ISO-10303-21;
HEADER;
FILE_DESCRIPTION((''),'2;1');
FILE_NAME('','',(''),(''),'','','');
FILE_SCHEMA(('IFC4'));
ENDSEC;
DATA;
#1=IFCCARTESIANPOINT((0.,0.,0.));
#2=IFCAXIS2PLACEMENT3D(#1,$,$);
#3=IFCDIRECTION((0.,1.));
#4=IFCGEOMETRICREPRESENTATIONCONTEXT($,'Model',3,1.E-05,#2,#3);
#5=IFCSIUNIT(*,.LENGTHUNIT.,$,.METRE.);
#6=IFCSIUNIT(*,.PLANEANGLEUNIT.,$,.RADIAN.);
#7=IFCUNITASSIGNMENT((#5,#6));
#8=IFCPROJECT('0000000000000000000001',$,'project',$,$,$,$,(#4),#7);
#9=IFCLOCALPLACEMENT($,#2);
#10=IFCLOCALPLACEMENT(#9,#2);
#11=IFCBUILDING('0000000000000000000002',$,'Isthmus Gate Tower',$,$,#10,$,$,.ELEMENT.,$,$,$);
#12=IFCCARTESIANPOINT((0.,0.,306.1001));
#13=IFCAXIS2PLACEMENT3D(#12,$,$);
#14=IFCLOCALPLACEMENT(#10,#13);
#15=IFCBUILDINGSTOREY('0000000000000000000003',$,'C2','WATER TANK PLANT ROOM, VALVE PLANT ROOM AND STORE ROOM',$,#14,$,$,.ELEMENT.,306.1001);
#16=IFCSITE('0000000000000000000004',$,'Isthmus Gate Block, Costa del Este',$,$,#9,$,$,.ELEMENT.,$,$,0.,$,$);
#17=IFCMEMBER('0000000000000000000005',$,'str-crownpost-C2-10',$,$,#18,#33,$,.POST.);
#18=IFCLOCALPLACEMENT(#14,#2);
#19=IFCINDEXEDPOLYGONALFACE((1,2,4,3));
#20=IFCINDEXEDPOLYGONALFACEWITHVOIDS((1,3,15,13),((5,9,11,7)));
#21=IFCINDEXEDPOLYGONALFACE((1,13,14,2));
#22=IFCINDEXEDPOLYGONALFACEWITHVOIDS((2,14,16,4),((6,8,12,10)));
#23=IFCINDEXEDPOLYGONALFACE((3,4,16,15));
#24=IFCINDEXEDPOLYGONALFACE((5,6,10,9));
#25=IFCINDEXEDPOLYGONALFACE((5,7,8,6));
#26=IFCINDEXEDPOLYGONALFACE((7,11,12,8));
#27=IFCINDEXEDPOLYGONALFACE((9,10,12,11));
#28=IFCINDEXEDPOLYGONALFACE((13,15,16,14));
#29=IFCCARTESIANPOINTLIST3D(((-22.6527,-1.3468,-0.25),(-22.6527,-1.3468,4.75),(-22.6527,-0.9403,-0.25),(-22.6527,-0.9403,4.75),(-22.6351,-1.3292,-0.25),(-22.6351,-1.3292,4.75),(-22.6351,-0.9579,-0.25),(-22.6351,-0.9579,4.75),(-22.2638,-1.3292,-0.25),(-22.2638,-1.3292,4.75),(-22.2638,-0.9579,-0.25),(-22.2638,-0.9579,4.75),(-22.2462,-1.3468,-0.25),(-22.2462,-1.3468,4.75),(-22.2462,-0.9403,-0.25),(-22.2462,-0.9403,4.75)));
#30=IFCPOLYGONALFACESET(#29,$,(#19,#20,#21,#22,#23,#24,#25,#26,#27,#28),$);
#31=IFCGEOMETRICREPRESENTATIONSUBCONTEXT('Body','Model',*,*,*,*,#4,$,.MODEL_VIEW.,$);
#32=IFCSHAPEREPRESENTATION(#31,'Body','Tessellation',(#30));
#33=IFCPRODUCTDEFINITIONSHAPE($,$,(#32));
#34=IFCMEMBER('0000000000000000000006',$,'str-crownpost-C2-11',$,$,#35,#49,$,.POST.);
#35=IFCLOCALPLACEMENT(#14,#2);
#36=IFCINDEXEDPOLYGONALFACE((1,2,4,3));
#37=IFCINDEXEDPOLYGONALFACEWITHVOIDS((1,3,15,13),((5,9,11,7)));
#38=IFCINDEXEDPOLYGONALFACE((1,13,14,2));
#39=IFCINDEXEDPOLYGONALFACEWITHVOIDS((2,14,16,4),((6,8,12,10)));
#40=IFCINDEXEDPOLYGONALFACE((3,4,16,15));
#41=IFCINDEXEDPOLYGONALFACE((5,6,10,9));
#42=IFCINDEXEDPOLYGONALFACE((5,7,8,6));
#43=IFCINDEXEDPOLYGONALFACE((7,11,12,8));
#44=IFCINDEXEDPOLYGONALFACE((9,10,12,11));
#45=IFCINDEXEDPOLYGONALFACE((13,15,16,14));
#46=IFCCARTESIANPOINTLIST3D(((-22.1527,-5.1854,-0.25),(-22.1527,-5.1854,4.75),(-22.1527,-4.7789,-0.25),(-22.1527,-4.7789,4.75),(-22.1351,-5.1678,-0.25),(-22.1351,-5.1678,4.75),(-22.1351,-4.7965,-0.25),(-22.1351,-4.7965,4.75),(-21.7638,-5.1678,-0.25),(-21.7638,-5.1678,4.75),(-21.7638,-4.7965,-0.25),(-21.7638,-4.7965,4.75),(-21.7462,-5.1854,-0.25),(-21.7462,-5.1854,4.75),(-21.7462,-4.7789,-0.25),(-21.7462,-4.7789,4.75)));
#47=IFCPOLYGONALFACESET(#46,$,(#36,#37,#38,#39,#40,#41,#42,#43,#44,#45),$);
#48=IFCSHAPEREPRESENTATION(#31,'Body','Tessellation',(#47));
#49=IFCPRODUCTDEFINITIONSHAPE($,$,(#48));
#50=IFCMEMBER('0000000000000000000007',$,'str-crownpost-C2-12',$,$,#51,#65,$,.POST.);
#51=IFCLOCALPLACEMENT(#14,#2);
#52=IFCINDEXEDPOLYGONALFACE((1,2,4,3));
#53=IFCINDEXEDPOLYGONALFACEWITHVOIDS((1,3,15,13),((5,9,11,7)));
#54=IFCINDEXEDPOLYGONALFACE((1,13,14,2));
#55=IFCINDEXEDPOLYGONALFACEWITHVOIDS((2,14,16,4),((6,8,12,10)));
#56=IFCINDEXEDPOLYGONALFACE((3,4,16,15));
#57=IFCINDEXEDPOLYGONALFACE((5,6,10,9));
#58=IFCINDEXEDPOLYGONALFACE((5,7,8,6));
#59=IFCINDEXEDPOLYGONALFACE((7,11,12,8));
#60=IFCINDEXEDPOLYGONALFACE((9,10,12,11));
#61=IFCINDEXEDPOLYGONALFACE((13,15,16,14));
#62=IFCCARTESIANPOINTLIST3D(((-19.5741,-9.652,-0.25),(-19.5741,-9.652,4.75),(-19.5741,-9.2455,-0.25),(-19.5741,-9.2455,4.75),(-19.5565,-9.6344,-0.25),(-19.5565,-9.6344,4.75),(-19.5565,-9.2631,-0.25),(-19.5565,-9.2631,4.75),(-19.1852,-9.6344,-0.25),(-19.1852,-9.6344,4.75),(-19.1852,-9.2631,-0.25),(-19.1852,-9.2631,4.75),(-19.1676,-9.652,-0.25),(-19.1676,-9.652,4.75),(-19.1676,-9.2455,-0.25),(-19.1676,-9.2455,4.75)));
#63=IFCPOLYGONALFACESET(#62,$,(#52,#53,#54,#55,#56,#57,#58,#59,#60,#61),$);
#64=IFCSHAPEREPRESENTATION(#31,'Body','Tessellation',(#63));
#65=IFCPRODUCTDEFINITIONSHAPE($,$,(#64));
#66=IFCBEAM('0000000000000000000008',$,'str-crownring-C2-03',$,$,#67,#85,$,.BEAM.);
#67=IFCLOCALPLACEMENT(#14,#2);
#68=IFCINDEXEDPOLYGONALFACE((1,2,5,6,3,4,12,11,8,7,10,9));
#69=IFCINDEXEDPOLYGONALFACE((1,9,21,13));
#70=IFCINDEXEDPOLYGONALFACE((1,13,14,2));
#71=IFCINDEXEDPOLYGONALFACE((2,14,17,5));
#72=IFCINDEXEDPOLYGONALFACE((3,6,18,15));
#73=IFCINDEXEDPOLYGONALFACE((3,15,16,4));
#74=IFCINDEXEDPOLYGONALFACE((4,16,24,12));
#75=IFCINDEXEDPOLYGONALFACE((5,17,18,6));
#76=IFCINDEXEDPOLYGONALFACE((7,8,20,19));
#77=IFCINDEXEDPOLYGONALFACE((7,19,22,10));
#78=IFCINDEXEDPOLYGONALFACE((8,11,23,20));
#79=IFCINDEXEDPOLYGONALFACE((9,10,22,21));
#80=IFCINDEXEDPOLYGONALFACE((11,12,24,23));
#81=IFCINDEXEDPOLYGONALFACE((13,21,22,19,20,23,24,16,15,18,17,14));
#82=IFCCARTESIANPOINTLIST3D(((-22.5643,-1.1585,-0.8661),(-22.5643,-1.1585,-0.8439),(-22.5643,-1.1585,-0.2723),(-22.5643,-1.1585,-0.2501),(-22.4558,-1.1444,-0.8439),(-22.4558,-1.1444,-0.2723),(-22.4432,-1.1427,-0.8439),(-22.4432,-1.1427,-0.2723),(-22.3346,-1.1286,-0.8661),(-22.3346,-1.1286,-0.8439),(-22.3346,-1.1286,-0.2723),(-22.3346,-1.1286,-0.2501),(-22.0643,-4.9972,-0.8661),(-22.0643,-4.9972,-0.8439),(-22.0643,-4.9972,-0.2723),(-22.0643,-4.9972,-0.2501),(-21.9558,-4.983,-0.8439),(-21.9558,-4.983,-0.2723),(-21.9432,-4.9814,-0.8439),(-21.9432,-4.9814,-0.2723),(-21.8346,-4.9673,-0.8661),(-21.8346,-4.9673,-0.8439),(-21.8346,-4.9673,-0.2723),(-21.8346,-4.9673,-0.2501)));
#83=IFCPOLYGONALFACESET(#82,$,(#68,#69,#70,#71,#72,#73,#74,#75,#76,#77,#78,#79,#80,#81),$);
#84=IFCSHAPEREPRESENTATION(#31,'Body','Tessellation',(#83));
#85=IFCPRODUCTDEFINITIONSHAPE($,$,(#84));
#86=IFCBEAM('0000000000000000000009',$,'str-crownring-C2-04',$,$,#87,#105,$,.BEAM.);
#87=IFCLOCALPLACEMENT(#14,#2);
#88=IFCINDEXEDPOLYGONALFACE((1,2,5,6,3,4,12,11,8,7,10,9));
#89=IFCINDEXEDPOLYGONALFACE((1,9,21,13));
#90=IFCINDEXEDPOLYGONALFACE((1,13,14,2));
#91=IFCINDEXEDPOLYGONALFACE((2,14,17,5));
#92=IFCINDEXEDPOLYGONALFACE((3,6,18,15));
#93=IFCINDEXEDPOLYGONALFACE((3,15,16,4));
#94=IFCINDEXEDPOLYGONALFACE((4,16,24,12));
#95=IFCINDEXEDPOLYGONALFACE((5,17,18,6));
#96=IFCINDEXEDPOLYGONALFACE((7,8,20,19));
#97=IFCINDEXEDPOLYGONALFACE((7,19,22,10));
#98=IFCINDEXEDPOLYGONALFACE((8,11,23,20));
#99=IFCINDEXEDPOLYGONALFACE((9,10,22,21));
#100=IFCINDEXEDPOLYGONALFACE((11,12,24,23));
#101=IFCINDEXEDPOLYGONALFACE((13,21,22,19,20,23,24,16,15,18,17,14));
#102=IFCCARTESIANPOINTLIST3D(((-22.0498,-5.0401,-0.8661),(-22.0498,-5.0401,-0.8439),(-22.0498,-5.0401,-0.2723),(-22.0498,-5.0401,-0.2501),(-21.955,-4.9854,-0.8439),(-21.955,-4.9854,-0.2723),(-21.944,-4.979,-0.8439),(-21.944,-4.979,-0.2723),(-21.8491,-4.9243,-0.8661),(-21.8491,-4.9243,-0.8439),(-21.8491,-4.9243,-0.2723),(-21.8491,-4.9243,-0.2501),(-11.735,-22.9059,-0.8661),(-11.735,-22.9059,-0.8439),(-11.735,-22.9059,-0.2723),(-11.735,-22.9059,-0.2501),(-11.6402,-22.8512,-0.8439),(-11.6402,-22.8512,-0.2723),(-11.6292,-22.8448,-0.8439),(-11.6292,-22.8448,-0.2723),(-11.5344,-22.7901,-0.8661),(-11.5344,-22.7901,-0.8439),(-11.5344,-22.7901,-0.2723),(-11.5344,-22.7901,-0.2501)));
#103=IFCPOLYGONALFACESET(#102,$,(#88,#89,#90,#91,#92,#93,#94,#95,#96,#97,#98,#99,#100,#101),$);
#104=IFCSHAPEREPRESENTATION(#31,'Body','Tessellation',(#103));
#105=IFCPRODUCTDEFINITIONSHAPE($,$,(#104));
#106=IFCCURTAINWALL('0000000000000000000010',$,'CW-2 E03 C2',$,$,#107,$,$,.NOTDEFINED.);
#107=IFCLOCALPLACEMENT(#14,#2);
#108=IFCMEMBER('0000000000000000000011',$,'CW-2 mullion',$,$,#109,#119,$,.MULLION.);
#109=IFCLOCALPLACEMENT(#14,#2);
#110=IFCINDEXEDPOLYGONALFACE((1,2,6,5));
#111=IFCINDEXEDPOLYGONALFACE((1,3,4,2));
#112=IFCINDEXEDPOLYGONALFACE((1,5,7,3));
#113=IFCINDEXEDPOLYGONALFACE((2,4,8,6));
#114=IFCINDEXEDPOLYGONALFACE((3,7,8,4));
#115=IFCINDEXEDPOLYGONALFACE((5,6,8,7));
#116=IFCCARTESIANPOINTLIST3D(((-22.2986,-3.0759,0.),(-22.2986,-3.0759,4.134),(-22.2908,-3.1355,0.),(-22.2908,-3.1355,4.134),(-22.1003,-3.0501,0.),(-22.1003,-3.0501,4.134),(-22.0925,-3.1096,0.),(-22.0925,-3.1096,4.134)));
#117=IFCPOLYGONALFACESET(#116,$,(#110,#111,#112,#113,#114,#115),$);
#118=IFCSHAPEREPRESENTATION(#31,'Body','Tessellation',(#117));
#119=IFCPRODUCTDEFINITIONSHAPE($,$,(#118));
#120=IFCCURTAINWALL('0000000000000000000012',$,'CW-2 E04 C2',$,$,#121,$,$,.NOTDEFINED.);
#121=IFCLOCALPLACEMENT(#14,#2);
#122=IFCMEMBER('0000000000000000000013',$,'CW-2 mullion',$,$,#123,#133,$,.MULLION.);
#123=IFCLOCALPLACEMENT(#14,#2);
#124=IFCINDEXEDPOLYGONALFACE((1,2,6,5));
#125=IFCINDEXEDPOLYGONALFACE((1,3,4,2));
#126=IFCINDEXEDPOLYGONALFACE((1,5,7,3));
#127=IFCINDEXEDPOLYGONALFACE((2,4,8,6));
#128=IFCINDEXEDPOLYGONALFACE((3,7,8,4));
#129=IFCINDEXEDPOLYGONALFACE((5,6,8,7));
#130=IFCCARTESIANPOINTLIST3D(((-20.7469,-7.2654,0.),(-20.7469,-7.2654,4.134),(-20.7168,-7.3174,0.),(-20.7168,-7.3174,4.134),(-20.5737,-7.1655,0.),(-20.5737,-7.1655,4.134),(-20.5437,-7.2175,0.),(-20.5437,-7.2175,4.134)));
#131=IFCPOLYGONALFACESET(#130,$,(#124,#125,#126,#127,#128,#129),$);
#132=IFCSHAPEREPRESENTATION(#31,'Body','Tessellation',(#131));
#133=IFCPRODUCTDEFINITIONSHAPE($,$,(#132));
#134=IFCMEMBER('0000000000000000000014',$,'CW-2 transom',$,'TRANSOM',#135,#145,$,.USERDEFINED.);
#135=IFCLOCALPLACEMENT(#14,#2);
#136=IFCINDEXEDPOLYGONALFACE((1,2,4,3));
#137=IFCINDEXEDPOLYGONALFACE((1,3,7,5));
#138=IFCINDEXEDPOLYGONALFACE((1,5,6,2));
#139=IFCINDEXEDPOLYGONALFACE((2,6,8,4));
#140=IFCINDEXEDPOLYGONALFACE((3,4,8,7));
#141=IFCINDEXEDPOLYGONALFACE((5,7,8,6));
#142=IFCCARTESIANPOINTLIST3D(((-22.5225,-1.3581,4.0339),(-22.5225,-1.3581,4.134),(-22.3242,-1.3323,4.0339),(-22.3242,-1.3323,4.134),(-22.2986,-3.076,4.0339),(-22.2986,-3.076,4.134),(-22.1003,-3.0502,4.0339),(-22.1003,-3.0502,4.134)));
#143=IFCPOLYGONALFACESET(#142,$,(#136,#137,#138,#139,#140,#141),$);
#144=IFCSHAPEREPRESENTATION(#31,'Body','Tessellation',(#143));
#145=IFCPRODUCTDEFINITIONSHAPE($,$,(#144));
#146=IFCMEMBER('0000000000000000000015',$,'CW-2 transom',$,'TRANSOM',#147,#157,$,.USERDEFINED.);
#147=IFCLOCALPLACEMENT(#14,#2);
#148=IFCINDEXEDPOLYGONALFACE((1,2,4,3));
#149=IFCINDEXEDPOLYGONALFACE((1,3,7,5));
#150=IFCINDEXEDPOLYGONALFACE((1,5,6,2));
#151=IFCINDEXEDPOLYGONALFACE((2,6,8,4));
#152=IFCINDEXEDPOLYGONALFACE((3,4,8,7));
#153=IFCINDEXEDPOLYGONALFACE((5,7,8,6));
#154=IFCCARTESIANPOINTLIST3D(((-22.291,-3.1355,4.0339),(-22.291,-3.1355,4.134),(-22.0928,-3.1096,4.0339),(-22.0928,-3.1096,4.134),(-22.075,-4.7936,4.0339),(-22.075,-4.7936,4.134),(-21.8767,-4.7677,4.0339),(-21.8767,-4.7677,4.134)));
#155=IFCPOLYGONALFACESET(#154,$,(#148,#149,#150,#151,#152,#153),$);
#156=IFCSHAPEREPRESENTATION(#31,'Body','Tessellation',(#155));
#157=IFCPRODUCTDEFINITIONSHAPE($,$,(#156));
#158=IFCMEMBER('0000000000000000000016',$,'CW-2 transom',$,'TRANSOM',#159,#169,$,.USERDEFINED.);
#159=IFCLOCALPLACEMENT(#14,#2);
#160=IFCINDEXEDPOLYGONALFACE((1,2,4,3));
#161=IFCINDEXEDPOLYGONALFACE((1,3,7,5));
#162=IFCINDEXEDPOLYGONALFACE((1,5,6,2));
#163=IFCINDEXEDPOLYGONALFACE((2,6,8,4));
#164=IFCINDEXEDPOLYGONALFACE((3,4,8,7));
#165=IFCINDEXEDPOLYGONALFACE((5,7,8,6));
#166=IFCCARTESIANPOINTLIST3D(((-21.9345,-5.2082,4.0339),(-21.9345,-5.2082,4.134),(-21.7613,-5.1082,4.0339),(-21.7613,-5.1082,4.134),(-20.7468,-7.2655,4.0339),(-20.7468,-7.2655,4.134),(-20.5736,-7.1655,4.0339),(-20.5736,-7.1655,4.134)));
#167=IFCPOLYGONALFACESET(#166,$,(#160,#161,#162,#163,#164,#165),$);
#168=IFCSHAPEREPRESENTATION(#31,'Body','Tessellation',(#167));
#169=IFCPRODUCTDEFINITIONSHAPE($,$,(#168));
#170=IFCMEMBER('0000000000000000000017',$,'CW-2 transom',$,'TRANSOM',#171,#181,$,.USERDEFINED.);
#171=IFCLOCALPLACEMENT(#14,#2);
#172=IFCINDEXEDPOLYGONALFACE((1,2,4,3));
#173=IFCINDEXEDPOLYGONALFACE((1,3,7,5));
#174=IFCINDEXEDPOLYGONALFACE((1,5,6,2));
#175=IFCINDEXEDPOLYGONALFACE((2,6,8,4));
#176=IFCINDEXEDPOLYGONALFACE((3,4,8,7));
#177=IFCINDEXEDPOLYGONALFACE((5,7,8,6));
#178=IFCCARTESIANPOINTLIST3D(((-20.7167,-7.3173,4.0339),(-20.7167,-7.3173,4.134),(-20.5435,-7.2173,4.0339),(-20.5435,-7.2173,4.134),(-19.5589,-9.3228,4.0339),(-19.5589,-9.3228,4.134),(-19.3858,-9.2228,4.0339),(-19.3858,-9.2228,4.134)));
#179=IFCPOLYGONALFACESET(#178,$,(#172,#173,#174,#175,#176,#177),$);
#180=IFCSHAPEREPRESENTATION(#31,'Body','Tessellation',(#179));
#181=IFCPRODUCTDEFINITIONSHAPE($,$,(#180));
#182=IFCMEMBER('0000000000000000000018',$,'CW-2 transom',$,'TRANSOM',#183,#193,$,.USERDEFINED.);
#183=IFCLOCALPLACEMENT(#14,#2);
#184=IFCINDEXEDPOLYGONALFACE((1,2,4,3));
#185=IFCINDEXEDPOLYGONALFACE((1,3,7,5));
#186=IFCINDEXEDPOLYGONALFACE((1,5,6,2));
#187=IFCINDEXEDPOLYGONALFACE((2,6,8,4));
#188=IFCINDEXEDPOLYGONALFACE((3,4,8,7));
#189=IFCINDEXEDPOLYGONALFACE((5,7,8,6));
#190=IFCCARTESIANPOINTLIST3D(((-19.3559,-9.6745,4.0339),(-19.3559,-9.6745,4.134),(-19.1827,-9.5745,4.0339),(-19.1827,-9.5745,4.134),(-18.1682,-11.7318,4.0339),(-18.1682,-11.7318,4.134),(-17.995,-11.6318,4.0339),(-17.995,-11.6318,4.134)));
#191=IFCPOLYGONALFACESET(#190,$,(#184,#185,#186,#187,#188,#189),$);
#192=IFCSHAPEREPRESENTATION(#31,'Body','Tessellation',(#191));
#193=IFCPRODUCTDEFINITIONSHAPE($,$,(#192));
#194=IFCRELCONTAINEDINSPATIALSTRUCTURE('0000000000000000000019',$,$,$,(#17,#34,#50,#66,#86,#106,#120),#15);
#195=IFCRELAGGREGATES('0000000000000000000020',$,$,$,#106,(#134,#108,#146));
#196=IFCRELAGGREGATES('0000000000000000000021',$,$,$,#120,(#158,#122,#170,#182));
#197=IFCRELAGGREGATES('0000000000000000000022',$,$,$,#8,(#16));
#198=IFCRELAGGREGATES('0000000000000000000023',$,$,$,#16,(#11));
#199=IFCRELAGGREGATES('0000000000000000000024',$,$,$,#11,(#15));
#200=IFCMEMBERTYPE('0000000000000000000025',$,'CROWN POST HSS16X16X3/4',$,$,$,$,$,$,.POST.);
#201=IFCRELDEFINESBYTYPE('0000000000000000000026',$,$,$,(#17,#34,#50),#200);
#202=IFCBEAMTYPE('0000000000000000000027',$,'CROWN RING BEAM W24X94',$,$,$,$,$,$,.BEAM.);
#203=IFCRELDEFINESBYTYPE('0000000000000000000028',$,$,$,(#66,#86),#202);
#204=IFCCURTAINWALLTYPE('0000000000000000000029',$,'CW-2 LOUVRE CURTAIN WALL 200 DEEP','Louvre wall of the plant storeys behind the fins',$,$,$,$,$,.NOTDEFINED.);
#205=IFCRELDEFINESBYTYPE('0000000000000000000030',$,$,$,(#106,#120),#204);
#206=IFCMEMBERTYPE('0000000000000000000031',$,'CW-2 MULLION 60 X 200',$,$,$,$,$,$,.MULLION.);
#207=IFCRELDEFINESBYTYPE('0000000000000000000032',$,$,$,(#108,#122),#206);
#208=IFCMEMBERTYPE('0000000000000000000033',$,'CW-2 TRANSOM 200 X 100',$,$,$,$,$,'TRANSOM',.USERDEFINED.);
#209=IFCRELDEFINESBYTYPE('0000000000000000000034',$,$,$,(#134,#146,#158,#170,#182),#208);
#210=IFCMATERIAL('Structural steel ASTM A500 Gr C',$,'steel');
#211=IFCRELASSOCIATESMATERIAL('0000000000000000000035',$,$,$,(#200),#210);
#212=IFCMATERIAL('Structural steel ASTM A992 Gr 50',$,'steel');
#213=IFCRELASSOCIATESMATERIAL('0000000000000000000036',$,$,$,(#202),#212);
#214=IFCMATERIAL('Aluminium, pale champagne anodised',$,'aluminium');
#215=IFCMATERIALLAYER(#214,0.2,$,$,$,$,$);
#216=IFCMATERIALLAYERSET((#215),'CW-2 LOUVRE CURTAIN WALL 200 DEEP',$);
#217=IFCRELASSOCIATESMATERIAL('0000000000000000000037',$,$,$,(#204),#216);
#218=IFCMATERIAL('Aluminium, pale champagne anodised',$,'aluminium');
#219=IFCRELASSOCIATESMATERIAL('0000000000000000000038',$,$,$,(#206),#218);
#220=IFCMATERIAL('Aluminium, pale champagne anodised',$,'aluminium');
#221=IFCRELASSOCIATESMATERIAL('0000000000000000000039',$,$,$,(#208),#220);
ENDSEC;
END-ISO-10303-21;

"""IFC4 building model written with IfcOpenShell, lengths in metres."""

from ifc_helpers import new_model, si_unit, direction, frame, origin, origin_2d, place, context, subcontext, project, spatial, rectangle, hollow_rectangle, i_section, extrude, material, layer, layer_set, material_profile, profile_set, type_object, element, aggregate, save


model = new_model("IFC4")

# Units and contexts
model_context = context("Model", 3, precision=1e-05, world=origin(), true_north=direction((0.0, 1.0)))
body_context = subcontext(model_context, "Body", "Model", "MODEL_VIEW")
ifc_project = project(units=[si_unit("LENGTHUNIT", "METRE"), si_unit("PLANEANGLEUNIT", "RADIAN")], contexts=[model_context])

# Site, building, storey
site_placement = place(None, origin())
site = spatial("IfcSite", under=ifc_project, at=site_placement, Name="Isthmus Gate Block, Costa del Este", CompositionType="ELEMENT", RefElevation=0.0)
building_placement = place(site_placement, origin())
building = spatial("IfcBuilding", under=site, at=building_placement, Name="Isthmus Gate Tower", CompositionType="ELEMENT")
storey_placement = place(building_placement, frame((0.0, 0.0, 306.1001)))
storey = spatial("IfcBuildingStorey", under=building, at=storey_placement, Name="C2", Description="WATER TANK PLANT ROOM, VALVE PLANT ROOM AND STORE ROOM", CompositionType="ELEMENT", Elevation=306.1001)

# Members
ifc_material_1 = material(Name="Structural steel ASTM A500 Gr C", Category="steel")
ifc_material_profile_1 = material_profile(ifc_material_1, hollow_rectangle(XDim=0.4065, YDim=0.4065, WallThickness=0.0176, at=origin_2d()), Name="HSS16X16X3/4")
ifc_profile_set_1 = profile_set([ifc_material_profile_1], Name="Structural steel ASTM A500 Gr C")
member_type_1 = type_object("IfcMemberType", Name="CROWN POST HSS16X16X3/4", PredefinedType="POST", material=ifc_profile_set_1)
for number, where, z_axis, x_axis, name in (
    (1, (-22.4495, -1.1436, -0.25), (0.0, 0.0, 1.0), (1.0, 0.0, 0.0), "str-crownpost-C2-10"),
    (2, (-21.9495, -4.9822, -0.25), (0.0, 0.0, 1.0), (1.0, 0.0, 0.0), "str-crownpost-C2-11"),
    (3, (-19.3708, -9.4487, -0.25), (0.0, 0.0, 1.0), (1.0, 0.0, 0.0), "str-crownpost-C2-12"),
):
    element("IfcMember", number, at=place(storey_placement, frame(where, z_axis=z_axis, x_axis=x_axis)), inside=storey, type_object=member_type_1, Name=name, PredefinedType="POST", context=body_context, shape_type="SweptSolid", body=[
        extrude(hollow_rectangle(XDim=0.4065, YDim=0.4065, WallThickness=0.0176, at=origin_2d()), origin(), (0.0, 0.0, 1.0), 5.0),
    ])

# Beams
ifc_material_2 = material(Name="Structural steel ASTM A992 Gr 50", Category="steel")
ifc_material_profile_2 = material_profile(ifc_material_2, i_section(OverallWidth=0.2317, OverallDepth=0.616, WebThickness=0.0127, FlangeThickness=0.0222, at=origin_2d()), Name="W24X94")
ifc_profile_set_2 = profile_set([ifc_material_profile_2], Name="Structural steel ASTM A992 Gr 50")
beam_type = type_object("IfcBeamType", Name="CROWN RING BEAM W24X94", PredefinedType="BEAM", material=ifc_profile_set_2)
beam_1_placement = place(storey_placement, frame((-22.4495, -1.1436, -0.5581), z_axis=(0.129164, -0.991623, 0.0), x_axis=(0.991623, 0.129164, 0.0)))
element("IfcBeam", 4, at=beam_1_placement, inside=storey, type_object=beam_type, Name="str-crownring-C2-03", PredefinedType="BEAM", context=body_context, shape_type="SweptSolid", body=[
    extrude(i_section(OverallWidth=0.2317, OverallDepth=0.616, WebThickness=0.0127, FlangeThickness=0.0222, at=origin_2d()), origin(), (0.0, 0.0, 1.0), 3.8711),
])
beam_2_placement = place(storey_placement, frame((-21.9495, -4.9822, -0.5581), z_axis=(0.499997, -0.866027, 0.0), x_axis=(0.866027, 0.499997, 0.0)))
element("IfcBeam", 5, at=beam_2_placement, inside=storey, type_object=beam_type, Name="str-crownring-C2-04", PredefinedType="BEAM", context=body_context, shape_type="SweptSolid", body=[
    extrude(i_section(OverallWidth=0.2317, OverallDepth=0.616, WebThickness=0.0127, FlangeThickness=0.0222, at=origin_2d()), origin(), (0.0, 0.0, 1.0), 20.6296),
])

# Curtain walls, members
ifc_material_3 = material(Name="Aluminium, pale champagne anodised", Category="aluminium")
ifc_layer_1 = layer(ifc_material_3, 0.2)
ifc_layer_set_1 = layer_set([ifc_layer_1], Name="CW-2 LOUVRE CURTAIN WALL 200 DEEP")
curtain_wall_type = type_object("IfcCurtainWallType", Name="CW-2 LOUVRE CURTAIN WALL 200 DEEP", Description="Louvre wall of the plant storeys behind the fins", PredefinedType="NOTDEFINED", material=ifc_layer_set_1)
curtain_wall_1_placement = place(storey_placement, origin())
curtain_wall_1 = element("IfcCurtainWall", 6, at=curtain_wall_1_placement, inside=storey, type_object=curtain_wall_type, Name="CW-2 E03 C2", PredefinedType="NOTDEFINED")
ifc_material_4 = material(Name="Aluminium, pale champagne anodised", Category="aluminium")
ifc_material_profile_3 = material_profile(ifc_material_4, rectangle(XDim=0.0601, YDim=0.2, at=origin_2d()), Name="60x200")
ifc_profile_set_3 = profile_set([ifc_material_profile_3], Name="Aluminium, pale champagne anodised")
member_type_2 = type_object("IfcMemberType", Name="CW-2 MULLION 60 X 200", PredefinedType="MULLION", material=ifc_profile_set_3)
member_1_placement = place(storey_placement, frame((-22.1956, -3.0928, 0.0), z_axis=(0.0, 0.0, 1.0), x_axis=(0.129165, -0.991623, 0.0)))
member_1 = element("IfcMember", 7, at=member_1_placement, type_object=member_type_2, Name="CW-2 mullion", PredefinedType="MULLION", context=body_context, shape_type="SweptSolid", body=[
    extrude(rectangle(XDim=0.0601, YDim=0.2, at=origin_2d()), origin(), (0.0, 0.0, 1.0), 4.134),
])
curtain_wall_2_placement = place(storey_placement, origin())
curtain_wall_2 = element("IfcCurtainWall", 8, at=curtain_wall_2_placement, inside=storey, type_object=curtain_wall_type, Name="CW-2 E04 C2", PredefinedType="NOTDEFINED")
member_2_placement = place(storey_placement, frame((-20.6453, -7.2415, 0.0), z_axis=(0.0, 0.0, 1.0), x_axis=(0.5, -0.866025, 0.0)))
member_2 = element("IfcMember", 9, at=member_2_placement, type_object=member_type_2, Name="CW-2 mullion", PredefinedType="MULLION", context=body_context, shape_type="SweptSolid", body=[
    extrude(rectangle(XDim=0.0601, YDim=0.2, at=origin_2d()), origin(), (0.0, 0.0, 1.0), 4.134),
])

# Members
ifc_material_5 = material(Name="Aluminium, pale champagne anodised", Category="aluminium")
ifc_material_profile_4 = material_profile(ifc_material_5, rectangle(XDim=0.2, YDim=0.1001, at=origin_2d()), Name="200x100")
ifc_profile_set_4 = profile_set([ifc_material_profile_4], Name="Aluminium, pale champagne anodised")
member_type_3 = type_object("IfcMemberType", Name="CW-2 TRANSOM 200 X 100", ElementType="TRANSOM", PredefinedType="USERDEFINED", material=ifc_profile_set_4)
member_3_placement = place(storey_placement, frame((-22.4233, -1.3452, 4.084), z_axis=(0.129237, -0.991614, 0.0), x_axis=(0.991614, 0.129237, 0.0)))
member_3 = element("IfcMember", 10, at=member_3_placement, type_object=member_type_3, Name="CW-2 transom", ObjectType="TRANSOM", PredefinedType="USERDEFINED", context=body_context, shape_type="SweptSolid", body=[
    extrude(rectangle(XDim=0.2, YDim=0.1001, at=origin_2d()), origin(), (0.0, 0.0, 1.0), 1.7324),
])
member_4_placement = place(storey_placement, frame((-22.1919, -3.1226, 4.084), z_axis=(0.129208, -0.991617, 0.0), x_axis=(0.991617, 0.129208, 0.0)))
member_4 = element("IfcMember", 11, at=member_4_placement, type_object=member_type_3, Name="CW-2 transom", ObjectType="TRANSOM", PredefinedType="USERDEFINED", context=body_context, shape_type="SweptSolid", body=[
    extrude(rectangle(XDim=0.2, YDim=0.1001, at=origin_2d()), origin(), (0.0, 0.0, 1.0), 1.6721),
])
member_5_placement = place(storey_placement, frame((-21.8479, -5.1582, 4.084), z_axis=(0.499975, -0.86604, 0.0), x_axis=(0.86604, 0.499975, 0.0)))
member_5 = element("IfcMember", 12, at=member_5_placement, type_object=member_type_3, Name="CW-2 transom", ObjectType="TRANSOM", PredefinedType="USERDEFINED", context=body_context, shape_type="SweptSolid", body=[
    extrude(rectangle(XDim=0.2, YDim=0.1001, at=origin_2d()), origin(), (0.0, 0.0, 1.0), 2.3755),
])
member_6_placement = place(storey_placement, frame((-20.6301, -7.2673, 4.084), z_axis=(0.499972, -0.866042, 0.0), x_axis=(0.866042, 0.499972, 0.0)))
member_6 = element("IfcMember", 13, at=member_6_placement, type_object=member_type_3, Name="CW-2 transom", ObjectType="TRANSOM", PredefinedType="USERDEFINED", context=body_context, shape_type="SweptSolid", body=[
    extrude(rectangle(XDim=0.2, YDim=0.1001, at=origin_2d()), origin(), (0.0, 0.0, 1.0), 2.3157),
])
member_7_placement = place(storey_placement, frame((-19.2693, -9.6245, 4.084), z_axis=(0.499975, -0.86604, 0.0), x_axis=(0.86604, 0.499975, 0.0)))
member_7 = element("IfcMember", 14, at=member_7_placement, type_object=member_type_3, Name="CW-2 transom", ObjectType="TRANSOM", PredefinedType="USERDEFINED", context=body_context, shape_type="SweptSolid", body=[
    extrude(rectangle(XDim=0.2, YDim=0.1001, at=origin_2d()), origin(), (0.0, 0.0, 1.0), 2.3755),
])

aggregate(curtain_wall_1, [member_3, member_1, member_4])
aggregate(curtain_wall_2, [member_5, member_2, member_6, member_7])

save(model, "model.ifc")
